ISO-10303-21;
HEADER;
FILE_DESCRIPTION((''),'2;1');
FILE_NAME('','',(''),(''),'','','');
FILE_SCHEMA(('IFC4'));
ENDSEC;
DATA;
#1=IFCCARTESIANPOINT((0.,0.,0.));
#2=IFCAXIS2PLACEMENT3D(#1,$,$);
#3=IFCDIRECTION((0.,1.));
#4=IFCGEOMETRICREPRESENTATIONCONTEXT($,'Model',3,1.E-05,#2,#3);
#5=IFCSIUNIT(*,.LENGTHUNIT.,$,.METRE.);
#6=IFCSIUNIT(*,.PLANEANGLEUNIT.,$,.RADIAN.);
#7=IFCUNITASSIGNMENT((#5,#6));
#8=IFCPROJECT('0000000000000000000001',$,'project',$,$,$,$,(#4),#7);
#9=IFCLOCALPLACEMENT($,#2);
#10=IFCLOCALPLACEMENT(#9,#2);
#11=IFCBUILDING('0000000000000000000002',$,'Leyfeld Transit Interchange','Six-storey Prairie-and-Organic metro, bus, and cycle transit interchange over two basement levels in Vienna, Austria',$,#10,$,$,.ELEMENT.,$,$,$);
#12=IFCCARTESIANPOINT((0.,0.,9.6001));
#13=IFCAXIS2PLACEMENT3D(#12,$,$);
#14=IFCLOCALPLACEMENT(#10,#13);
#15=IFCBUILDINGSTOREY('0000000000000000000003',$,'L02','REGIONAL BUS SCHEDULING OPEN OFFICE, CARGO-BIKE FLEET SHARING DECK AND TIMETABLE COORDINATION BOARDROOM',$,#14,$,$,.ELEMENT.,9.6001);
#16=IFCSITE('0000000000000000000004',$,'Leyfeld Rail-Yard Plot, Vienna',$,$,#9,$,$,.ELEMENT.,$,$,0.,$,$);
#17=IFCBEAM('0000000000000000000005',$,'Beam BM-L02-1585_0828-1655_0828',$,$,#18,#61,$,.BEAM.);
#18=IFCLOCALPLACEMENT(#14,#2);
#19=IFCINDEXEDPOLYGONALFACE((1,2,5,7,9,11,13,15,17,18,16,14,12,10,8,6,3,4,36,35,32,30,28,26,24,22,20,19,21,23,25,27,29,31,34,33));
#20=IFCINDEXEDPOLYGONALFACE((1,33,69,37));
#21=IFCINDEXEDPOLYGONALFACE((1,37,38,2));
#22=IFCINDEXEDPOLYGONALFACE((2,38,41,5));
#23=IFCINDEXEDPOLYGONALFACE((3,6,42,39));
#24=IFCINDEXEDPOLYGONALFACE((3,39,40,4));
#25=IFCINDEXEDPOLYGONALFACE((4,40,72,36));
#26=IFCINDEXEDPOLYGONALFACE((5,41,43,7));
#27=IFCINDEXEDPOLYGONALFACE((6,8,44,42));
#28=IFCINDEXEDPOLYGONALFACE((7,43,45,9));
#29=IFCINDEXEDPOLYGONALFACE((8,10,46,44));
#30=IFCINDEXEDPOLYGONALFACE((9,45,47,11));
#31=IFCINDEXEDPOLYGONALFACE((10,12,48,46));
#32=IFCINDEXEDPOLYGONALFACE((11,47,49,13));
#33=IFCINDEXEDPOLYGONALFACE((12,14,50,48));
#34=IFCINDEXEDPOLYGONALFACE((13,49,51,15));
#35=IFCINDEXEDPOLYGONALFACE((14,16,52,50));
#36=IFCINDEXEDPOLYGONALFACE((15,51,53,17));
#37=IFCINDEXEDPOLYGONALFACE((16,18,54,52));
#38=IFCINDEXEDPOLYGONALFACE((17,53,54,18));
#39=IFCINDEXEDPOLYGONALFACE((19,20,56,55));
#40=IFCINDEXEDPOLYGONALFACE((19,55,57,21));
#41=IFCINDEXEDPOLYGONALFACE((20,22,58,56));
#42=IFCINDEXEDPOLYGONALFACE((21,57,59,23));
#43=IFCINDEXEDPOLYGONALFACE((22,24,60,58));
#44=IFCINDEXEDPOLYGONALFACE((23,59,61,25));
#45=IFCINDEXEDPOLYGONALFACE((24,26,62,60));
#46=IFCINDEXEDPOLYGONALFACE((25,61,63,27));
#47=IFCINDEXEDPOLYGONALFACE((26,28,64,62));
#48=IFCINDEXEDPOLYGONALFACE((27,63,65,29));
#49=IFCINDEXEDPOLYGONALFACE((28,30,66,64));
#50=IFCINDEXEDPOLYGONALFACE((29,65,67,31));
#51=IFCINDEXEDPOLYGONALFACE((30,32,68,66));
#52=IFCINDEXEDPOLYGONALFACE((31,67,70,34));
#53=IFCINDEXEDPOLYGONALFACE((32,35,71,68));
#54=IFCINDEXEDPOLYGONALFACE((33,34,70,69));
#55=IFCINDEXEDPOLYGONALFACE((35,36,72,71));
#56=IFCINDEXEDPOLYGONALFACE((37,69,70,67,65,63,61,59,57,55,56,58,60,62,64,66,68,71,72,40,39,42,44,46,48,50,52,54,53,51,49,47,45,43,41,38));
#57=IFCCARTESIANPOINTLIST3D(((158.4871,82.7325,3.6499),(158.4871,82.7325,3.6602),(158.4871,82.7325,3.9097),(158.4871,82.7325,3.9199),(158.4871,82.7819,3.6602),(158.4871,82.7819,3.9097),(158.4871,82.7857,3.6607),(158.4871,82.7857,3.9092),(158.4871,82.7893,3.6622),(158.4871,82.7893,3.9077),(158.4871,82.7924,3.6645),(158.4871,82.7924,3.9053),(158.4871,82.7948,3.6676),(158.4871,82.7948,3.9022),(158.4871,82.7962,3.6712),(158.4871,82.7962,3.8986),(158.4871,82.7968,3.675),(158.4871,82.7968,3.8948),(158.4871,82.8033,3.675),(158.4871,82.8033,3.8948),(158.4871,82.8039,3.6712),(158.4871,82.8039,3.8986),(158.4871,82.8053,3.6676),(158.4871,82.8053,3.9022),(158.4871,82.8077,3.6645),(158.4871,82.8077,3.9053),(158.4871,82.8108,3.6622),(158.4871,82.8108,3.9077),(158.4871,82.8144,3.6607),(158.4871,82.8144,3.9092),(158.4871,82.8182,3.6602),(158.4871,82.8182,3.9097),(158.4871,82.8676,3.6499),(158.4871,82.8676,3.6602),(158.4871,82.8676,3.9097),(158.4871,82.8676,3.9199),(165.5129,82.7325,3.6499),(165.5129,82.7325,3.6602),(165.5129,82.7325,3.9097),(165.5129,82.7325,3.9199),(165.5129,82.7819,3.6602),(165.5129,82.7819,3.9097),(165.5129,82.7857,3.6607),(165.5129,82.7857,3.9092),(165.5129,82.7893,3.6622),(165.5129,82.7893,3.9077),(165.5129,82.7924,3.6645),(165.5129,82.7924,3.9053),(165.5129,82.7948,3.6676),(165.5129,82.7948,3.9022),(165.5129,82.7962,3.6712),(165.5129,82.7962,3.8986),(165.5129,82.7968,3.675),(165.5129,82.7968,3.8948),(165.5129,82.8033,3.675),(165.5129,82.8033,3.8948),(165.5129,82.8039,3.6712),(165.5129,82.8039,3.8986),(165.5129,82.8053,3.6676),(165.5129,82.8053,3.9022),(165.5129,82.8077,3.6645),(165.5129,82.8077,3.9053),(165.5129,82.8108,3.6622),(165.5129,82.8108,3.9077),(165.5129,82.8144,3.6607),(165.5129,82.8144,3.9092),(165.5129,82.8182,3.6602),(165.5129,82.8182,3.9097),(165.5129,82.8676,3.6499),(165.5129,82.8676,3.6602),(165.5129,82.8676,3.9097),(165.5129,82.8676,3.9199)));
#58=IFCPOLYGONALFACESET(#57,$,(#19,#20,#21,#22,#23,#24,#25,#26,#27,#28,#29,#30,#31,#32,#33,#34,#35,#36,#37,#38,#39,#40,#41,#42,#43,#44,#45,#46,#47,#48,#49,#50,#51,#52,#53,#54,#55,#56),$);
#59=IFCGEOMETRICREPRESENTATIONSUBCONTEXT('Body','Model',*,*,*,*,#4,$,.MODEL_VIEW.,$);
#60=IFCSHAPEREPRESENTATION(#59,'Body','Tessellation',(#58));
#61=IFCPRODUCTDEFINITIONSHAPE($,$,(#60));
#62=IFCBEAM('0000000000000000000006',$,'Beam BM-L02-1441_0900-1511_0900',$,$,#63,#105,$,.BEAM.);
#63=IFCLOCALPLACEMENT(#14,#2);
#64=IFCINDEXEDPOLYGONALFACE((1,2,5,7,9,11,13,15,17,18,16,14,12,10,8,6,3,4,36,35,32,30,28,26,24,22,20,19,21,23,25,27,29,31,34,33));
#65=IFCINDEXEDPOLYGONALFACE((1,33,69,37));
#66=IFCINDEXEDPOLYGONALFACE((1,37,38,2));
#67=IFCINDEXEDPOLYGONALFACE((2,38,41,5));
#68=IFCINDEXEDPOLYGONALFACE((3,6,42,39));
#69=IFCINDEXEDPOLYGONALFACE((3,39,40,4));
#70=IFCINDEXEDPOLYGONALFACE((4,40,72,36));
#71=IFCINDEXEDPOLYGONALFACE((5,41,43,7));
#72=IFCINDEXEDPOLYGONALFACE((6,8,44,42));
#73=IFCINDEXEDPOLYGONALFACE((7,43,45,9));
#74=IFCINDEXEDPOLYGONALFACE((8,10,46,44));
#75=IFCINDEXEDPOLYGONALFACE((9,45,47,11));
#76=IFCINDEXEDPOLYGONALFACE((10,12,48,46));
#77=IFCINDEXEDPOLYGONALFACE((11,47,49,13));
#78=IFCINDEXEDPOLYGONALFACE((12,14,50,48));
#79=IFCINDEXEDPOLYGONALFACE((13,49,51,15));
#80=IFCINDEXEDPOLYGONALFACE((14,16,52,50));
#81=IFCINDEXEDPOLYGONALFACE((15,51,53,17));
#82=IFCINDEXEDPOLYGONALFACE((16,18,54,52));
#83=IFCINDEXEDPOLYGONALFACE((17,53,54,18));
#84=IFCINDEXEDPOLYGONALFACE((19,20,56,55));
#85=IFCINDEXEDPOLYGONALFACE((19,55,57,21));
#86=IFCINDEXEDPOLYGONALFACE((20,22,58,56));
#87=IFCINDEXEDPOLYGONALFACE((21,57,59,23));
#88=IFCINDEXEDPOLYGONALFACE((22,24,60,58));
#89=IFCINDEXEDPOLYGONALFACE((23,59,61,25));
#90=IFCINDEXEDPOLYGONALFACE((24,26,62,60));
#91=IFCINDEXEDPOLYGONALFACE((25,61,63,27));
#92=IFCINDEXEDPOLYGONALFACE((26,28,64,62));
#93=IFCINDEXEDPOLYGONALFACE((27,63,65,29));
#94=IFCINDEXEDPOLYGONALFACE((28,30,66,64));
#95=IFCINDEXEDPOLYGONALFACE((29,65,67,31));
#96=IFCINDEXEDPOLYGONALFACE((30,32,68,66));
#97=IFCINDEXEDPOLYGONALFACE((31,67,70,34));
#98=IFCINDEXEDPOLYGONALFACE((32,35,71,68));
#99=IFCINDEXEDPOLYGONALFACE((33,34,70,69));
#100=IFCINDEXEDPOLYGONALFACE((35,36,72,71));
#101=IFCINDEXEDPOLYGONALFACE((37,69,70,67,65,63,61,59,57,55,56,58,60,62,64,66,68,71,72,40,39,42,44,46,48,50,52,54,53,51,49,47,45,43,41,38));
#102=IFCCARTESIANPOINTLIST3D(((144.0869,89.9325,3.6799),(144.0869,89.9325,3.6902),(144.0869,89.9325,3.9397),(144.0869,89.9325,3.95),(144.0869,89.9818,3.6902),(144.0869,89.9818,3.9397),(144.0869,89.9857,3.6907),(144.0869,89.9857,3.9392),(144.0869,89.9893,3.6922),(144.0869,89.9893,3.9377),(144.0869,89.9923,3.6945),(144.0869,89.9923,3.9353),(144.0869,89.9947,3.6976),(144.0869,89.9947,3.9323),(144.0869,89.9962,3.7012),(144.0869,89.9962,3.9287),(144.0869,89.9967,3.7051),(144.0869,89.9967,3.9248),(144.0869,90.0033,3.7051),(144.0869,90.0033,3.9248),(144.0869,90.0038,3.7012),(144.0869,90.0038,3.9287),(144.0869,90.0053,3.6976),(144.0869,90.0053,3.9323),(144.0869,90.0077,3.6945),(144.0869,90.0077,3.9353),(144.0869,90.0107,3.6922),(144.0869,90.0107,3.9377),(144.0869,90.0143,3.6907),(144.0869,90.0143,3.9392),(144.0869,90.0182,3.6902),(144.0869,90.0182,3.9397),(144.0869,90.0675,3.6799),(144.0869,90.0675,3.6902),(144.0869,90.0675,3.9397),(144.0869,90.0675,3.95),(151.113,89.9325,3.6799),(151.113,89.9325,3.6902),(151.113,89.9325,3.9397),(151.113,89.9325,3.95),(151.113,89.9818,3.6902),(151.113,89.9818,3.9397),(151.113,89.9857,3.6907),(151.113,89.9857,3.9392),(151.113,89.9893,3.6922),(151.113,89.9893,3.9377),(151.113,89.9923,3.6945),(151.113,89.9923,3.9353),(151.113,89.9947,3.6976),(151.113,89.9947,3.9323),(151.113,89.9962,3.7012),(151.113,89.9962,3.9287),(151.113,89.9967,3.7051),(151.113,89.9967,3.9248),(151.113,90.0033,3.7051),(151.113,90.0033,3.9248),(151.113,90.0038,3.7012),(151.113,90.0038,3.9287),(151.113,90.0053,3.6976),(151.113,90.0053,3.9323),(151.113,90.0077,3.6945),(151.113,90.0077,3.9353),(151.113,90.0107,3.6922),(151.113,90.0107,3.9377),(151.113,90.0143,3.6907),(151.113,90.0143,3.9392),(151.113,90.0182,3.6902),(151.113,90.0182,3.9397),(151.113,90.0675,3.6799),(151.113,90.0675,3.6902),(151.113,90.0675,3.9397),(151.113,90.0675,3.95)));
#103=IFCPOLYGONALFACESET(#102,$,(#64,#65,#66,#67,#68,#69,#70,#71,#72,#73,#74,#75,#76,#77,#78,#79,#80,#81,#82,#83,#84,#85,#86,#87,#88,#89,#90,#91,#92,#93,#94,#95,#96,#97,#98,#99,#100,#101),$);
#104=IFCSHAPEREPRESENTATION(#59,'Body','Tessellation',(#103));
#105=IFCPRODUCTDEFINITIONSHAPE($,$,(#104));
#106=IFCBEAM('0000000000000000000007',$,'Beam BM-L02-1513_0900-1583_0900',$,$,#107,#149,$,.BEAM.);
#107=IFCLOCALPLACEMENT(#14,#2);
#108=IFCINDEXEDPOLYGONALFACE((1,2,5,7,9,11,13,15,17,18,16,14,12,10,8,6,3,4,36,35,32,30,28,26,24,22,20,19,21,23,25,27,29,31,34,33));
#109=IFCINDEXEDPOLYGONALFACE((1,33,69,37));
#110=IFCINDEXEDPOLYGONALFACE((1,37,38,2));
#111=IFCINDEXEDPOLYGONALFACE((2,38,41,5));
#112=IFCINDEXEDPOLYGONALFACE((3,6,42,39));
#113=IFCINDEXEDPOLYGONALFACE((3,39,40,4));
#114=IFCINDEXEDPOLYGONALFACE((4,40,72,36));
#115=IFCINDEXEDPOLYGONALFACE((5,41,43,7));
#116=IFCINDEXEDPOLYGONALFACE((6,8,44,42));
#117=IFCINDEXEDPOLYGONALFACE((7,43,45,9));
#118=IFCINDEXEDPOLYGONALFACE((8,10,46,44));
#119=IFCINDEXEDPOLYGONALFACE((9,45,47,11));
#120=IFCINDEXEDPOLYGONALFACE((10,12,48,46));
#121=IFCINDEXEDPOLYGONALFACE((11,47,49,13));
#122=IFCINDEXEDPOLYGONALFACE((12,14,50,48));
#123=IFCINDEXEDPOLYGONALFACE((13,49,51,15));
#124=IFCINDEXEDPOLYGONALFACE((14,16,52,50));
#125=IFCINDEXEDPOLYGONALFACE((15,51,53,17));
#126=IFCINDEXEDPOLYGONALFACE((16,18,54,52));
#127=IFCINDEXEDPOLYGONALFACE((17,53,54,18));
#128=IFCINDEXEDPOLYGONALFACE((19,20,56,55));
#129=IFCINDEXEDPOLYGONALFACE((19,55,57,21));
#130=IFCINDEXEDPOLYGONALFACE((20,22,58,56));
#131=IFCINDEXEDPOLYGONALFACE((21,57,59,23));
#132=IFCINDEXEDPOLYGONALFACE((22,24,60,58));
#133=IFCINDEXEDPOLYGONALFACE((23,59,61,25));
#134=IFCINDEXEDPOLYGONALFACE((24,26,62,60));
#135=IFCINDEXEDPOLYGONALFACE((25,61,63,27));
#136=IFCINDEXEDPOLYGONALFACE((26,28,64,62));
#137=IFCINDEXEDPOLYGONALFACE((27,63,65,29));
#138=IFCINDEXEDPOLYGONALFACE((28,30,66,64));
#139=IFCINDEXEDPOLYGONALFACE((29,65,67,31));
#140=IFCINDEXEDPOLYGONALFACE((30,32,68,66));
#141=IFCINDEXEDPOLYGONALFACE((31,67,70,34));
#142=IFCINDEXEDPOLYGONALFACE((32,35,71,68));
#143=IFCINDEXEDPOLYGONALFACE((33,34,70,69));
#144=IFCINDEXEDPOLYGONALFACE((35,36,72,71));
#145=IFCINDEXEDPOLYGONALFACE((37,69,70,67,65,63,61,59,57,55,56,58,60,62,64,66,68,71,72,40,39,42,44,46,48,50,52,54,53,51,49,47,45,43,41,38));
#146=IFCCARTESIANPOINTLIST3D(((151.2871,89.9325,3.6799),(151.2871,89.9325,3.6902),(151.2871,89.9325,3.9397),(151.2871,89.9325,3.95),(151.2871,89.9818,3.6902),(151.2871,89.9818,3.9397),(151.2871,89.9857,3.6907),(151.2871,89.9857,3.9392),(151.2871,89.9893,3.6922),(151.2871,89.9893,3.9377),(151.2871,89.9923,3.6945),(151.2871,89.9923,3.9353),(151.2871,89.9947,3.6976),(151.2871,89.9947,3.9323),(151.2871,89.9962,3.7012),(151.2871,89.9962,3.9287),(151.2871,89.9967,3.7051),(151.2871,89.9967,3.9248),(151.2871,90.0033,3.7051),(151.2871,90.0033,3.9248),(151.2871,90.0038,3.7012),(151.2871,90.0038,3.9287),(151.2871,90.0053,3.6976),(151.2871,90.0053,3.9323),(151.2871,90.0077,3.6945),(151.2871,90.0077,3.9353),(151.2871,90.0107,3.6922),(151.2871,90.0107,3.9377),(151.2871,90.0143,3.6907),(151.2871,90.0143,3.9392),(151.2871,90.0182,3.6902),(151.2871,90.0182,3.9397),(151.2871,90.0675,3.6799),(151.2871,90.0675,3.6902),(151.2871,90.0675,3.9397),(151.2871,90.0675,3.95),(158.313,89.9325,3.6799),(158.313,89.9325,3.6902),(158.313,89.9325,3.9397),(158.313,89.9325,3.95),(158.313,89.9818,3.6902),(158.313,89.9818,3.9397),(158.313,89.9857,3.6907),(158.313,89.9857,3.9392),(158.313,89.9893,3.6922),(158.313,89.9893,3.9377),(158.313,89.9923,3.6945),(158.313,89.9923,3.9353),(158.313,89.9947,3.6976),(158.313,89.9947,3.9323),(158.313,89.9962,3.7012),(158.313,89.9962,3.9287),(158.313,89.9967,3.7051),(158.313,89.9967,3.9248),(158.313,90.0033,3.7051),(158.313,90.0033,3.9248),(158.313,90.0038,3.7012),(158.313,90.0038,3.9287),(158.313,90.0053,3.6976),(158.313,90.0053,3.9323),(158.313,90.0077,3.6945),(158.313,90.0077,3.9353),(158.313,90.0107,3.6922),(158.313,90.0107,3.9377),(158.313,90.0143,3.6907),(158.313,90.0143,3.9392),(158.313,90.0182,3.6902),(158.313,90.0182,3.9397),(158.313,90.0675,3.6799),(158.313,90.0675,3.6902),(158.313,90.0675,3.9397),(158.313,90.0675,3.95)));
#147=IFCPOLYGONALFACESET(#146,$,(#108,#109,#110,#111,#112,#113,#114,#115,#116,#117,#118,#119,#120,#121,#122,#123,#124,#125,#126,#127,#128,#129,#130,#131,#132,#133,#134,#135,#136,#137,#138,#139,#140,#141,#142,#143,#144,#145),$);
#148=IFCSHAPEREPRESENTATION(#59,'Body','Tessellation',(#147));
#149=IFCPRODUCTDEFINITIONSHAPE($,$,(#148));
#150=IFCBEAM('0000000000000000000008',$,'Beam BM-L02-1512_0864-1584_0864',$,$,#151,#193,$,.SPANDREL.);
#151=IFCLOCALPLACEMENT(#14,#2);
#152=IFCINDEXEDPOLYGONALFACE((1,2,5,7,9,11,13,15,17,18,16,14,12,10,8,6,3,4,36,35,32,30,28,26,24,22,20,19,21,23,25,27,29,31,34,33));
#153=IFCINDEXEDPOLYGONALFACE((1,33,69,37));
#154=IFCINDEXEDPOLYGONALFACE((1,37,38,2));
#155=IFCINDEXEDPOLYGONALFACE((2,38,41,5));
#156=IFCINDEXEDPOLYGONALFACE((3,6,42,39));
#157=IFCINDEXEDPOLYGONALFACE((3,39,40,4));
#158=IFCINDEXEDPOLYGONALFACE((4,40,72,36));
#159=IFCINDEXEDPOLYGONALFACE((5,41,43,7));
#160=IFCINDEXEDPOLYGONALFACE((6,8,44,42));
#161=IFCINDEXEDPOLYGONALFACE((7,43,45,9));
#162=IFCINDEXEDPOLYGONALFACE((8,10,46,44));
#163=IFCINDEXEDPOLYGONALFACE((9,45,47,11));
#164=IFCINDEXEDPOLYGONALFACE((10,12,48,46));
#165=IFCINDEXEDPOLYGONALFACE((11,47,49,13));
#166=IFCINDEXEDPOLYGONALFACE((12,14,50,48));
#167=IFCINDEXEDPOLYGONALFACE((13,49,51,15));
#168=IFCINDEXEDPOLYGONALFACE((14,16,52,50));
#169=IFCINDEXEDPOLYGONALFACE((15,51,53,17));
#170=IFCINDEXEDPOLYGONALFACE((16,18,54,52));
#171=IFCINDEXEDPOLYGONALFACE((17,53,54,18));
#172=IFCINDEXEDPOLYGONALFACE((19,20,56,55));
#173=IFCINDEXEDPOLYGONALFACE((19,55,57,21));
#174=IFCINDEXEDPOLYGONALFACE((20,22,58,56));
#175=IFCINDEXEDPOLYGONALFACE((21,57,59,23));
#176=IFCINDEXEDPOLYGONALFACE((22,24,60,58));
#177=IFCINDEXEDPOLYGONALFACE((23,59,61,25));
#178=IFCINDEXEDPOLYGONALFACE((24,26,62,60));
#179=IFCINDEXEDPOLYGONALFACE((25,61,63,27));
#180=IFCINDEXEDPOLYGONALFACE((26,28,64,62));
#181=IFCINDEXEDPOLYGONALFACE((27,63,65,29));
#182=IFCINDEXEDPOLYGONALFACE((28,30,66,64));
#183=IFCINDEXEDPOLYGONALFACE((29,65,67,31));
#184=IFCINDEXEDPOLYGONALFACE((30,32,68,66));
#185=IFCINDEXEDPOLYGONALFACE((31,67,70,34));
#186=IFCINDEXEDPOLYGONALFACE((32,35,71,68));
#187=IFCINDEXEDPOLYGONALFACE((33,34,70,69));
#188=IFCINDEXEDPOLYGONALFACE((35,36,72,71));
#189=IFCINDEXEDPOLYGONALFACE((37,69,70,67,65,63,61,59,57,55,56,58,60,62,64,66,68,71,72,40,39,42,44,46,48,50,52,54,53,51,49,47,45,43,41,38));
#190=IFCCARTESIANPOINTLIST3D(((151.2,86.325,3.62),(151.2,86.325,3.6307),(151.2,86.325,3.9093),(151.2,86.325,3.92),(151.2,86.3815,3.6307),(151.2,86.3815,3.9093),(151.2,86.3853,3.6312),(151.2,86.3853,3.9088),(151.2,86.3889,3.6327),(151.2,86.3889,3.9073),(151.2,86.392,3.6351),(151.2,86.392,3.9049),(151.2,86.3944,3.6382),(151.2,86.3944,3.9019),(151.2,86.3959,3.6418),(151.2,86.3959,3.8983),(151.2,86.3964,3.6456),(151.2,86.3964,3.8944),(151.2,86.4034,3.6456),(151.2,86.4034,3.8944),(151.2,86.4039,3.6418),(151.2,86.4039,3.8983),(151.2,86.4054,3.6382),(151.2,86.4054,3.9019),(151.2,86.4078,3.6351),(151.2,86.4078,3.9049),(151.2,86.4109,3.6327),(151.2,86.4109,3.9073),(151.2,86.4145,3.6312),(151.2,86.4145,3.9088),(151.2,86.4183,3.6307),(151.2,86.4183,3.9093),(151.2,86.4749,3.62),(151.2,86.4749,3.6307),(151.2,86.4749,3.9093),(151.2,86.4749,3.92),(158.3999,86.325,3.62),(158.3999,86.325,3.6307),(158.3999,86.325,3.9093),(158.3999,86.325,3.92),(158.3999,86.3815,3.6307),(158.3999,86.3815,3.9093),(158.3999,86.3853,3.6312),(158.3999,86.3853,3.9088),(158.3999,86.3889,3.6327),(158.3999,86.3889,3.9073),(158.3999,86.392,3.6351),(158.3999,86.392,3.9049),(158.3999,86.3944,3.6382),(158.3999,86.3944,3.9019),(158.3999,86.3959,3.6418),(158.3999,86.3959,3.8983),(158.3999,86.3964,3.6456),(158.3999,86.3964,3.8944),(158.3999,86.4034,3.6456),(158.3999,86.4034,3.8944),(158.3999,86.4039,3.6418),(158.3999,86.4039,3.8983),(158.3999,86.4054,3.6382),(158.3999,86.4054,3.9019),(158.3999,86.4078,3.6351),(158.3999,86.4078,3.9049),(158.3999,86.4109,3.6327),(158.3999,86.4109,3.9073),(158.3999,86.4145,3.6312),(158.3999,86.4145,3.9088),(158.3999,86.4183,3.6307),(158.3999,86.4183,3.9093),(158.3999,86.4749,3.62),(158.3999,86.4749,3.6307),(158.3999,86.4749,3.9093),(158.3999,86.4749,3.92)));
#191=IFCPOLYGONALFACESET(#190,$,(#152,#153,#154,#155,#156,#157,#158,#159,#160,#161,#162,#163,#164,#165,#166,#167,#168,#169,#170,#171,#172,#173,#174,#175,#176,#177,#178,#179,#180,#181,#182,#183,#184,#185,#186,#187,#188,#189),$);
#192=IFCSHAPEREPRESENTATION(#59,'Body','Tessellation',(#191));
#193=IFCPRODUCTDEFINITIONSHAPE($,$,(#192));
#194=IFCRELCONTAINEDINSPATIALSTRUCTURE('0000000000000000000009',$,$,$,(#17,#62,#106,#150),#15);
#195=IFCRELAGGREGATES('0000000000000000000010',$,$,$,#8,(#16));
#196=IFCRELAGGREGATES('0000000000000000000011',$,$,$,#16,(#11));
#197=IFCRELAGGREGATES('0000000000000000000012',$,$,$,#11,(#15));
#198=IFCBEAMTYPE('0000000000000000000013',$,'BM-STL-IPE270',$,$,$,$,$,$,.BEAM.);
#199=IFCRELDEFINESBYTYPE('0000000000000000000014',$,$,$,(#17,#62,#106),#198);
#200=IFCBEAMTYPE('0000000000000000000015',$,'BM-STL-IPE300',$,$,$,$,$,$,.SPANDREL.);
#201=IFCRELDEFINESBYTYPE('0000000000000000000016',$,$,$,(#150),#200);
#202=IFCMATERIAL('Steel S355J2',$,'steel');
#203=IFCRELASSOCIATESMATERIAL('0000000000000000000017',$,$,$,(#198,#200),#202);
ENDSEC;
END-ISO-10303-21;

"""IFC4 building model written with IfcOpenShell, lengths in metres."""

from ifc_helpers import new_model, si_unit, direction, frame, origin, origin_2d, place, context, subcontext, project, spatial, i_section, extrude, material, material_profile, profile_set, type_object, element, save


model = new_model("IFC4")

# Units and contexts
model_context = context("Model", 3, precision=1e-05, world=origin(), true_north=direction((0.0, 1.0)))
body_context = subcontext(model_context, "Body", "Model", "MODEL_VIEW")
ifc_project = project(units=[si_unit("LENGTHUNIT", "METRE"), si_unit("PLANEANGLEUNIT", "RADIAN")], contexts=[model_context])

# Site, building, storey
site_placement = place(None, origin())
site = spatial("IfcSite", under=ifc_project, at=site_placement, Name="Leyfeld Rail-Yard Plot, Vienna", CompositionType="ELEMENT", RefElevation=0.0)
building_placement = place(site_placement, origin())
building = spatial("IfcBuilding", under=site, at=building_placement, Name="Leyfeld Transit Interchange", Description="Six-storey Prairie-and-Organic metro, bus, and cycle transit interchange over two basement levels in Vienna, Austria", CompositionType="ELEMENT")
storey_placement = place(building_placement, frame((0.0, 0.0, 9.6001)))
storey = spatial("IfcBuildingStorey", under=building, at=storey_placement, Name="L02", Description="REGIONAL BUS SCHEDULING OPEN OFFICE, CARGO-BIKE FLEET SHARING DECK AND TIMETABLE COORDINATION BOARDROOM", CompositionType="ELEMENT", Elevation=9.6001)

# Beams
ifc_material_1 = material(Name="Steel S355J2", Category="steel")
ifc_material_profile_1 = material_profile(ifc_material_1, i_section(OverallWidth=0.135, OverallDepth=0.27, WebThickness=0.0066, FlangeThickness=0.0103, FilletRadius=0.0149, at=origin_2d()), Name="IPE 270")
ifc_profile_set_1 = profile_set([ifc_material_profile_1], Name="Steel S355J2")
beam_type_1 = type_object("IfcBeamType", Name="BM-STL-IPE270", PredefinedType="BEAM", material=ifc_profile_set_1)
for number, where, z_axis, x_axis, name in (
    (1, (158.4871, 82.8, 3.7849), (1.0, 0.0, 0.0), (0.0, 1.0, 0.0), "Beam BM-L02-1585_0828-1655_0828"),
):
    element("IfcBeam", number, at=place(storey_placement, frame(where, z_axis=z_axis, x_axis=x_axis)), inside=storey, type_object=beam_type_1, Name=name, PredefinedType="BEAM", context=body_context, shape_type="SweptSolid", body=[
        extrude(i_section(OverallWidth=0.135, OverallDepth=0.27, WebThickness=0.0066, FlangeThickness=0.0103, FilletRadius=0.0149, at=origin_2d()), origin(), (0.0, 0.0, 1.0), 7.0259),
    ])
beam_1_placement = place(storey_placement, frame((144.0869, 90.0, 3.8149), z_axis=(1.0, 0.0, 0.0), x_axis=(0.0, 1.0, 0.0)))
element("IfcBeam", 2, at=beam_1_placement, inside=storey, type_object=beam_type_1, Name="Beam BM-L02-1441_0900-1511_0900", PredefinedType="BEAM", context=body_context, shape_type="SweptSolid", body=[
    extrude(i_section(OverallWidth=0.135, OverallDepth=0.27, WebThickness=0.0066, FlangeThickness=0.0103, FilletRadius=0.0149, at=origin_2d()), origin(), (0.0, 0.0, 1.0), 7.0261),
])
beam_2_placement = place(storey_placement, frame((151.2871, 90.0, 3.8149), z_axis=(1.0, 0.0, 0.0), x_axis=(0.0, 1.0, 0.0)))
element("IfcBeam", 3, at=beam_2_placement, inside=storey, type_object=beam_type_1, Name="Beam BM-L02-1513_0900-1583_0900", PredefinedType="BEAM", context=body_context, shape_type="SweptSolid", body=[
    extrude(i_section(OverallWidth=0.135, OverallDepth=0.27, WebThickness=0.0066, FlangeThickness=0.0103, FilletRadius=0.0149, at=origin_2d()), origin(), (0.0, 0.0, 1.0), 7.0259),
])
ifc_material_profile_2 = material_profile(ifc_material_1, i_section(OverallWidth=0.1499, OverallDepth=0.3, WebThickness=0.0071, FlangeThickness=0.0107, FilletRadius=0.0149, at=origin_2d()), Name="IPE 300")
ifc_profile_set_2 = profile_set([ifc_material_profile_2], Name="Steel S355J2")
beam_type_2 = type_object("IfcBeamType", Name="BM-STL-IPE300", PredefinedType="SPANDREL", material=ifc_profile_set_2)
beam_3_placement = place(storey_placement, frame((151.2, 86.3999, 3.77), z_axis=(1.0, 0.0, 0.0), x_axis=(0.0, 1.0, 0.0)))
element("IfcBeam", 4, at=beam_3_placement, inside=storey, type_object=beam_type_2, Name="Beam BM-L02-1512_0864-1584_0864", PredefinedType="SPANDREL", context=body_context, shape_type="SweptSolid", body=[
    extrude(i_section(OverallWidth=0.1499, OverallDepth=0.3, WebThickness=0.0071, FlangeThickness=0.0107, FilletRadius=0.0149, at=origin_2d()), origin(), (0.0, 0.0, 1.0), 7.2),
])

save(model, "model.ifc")
